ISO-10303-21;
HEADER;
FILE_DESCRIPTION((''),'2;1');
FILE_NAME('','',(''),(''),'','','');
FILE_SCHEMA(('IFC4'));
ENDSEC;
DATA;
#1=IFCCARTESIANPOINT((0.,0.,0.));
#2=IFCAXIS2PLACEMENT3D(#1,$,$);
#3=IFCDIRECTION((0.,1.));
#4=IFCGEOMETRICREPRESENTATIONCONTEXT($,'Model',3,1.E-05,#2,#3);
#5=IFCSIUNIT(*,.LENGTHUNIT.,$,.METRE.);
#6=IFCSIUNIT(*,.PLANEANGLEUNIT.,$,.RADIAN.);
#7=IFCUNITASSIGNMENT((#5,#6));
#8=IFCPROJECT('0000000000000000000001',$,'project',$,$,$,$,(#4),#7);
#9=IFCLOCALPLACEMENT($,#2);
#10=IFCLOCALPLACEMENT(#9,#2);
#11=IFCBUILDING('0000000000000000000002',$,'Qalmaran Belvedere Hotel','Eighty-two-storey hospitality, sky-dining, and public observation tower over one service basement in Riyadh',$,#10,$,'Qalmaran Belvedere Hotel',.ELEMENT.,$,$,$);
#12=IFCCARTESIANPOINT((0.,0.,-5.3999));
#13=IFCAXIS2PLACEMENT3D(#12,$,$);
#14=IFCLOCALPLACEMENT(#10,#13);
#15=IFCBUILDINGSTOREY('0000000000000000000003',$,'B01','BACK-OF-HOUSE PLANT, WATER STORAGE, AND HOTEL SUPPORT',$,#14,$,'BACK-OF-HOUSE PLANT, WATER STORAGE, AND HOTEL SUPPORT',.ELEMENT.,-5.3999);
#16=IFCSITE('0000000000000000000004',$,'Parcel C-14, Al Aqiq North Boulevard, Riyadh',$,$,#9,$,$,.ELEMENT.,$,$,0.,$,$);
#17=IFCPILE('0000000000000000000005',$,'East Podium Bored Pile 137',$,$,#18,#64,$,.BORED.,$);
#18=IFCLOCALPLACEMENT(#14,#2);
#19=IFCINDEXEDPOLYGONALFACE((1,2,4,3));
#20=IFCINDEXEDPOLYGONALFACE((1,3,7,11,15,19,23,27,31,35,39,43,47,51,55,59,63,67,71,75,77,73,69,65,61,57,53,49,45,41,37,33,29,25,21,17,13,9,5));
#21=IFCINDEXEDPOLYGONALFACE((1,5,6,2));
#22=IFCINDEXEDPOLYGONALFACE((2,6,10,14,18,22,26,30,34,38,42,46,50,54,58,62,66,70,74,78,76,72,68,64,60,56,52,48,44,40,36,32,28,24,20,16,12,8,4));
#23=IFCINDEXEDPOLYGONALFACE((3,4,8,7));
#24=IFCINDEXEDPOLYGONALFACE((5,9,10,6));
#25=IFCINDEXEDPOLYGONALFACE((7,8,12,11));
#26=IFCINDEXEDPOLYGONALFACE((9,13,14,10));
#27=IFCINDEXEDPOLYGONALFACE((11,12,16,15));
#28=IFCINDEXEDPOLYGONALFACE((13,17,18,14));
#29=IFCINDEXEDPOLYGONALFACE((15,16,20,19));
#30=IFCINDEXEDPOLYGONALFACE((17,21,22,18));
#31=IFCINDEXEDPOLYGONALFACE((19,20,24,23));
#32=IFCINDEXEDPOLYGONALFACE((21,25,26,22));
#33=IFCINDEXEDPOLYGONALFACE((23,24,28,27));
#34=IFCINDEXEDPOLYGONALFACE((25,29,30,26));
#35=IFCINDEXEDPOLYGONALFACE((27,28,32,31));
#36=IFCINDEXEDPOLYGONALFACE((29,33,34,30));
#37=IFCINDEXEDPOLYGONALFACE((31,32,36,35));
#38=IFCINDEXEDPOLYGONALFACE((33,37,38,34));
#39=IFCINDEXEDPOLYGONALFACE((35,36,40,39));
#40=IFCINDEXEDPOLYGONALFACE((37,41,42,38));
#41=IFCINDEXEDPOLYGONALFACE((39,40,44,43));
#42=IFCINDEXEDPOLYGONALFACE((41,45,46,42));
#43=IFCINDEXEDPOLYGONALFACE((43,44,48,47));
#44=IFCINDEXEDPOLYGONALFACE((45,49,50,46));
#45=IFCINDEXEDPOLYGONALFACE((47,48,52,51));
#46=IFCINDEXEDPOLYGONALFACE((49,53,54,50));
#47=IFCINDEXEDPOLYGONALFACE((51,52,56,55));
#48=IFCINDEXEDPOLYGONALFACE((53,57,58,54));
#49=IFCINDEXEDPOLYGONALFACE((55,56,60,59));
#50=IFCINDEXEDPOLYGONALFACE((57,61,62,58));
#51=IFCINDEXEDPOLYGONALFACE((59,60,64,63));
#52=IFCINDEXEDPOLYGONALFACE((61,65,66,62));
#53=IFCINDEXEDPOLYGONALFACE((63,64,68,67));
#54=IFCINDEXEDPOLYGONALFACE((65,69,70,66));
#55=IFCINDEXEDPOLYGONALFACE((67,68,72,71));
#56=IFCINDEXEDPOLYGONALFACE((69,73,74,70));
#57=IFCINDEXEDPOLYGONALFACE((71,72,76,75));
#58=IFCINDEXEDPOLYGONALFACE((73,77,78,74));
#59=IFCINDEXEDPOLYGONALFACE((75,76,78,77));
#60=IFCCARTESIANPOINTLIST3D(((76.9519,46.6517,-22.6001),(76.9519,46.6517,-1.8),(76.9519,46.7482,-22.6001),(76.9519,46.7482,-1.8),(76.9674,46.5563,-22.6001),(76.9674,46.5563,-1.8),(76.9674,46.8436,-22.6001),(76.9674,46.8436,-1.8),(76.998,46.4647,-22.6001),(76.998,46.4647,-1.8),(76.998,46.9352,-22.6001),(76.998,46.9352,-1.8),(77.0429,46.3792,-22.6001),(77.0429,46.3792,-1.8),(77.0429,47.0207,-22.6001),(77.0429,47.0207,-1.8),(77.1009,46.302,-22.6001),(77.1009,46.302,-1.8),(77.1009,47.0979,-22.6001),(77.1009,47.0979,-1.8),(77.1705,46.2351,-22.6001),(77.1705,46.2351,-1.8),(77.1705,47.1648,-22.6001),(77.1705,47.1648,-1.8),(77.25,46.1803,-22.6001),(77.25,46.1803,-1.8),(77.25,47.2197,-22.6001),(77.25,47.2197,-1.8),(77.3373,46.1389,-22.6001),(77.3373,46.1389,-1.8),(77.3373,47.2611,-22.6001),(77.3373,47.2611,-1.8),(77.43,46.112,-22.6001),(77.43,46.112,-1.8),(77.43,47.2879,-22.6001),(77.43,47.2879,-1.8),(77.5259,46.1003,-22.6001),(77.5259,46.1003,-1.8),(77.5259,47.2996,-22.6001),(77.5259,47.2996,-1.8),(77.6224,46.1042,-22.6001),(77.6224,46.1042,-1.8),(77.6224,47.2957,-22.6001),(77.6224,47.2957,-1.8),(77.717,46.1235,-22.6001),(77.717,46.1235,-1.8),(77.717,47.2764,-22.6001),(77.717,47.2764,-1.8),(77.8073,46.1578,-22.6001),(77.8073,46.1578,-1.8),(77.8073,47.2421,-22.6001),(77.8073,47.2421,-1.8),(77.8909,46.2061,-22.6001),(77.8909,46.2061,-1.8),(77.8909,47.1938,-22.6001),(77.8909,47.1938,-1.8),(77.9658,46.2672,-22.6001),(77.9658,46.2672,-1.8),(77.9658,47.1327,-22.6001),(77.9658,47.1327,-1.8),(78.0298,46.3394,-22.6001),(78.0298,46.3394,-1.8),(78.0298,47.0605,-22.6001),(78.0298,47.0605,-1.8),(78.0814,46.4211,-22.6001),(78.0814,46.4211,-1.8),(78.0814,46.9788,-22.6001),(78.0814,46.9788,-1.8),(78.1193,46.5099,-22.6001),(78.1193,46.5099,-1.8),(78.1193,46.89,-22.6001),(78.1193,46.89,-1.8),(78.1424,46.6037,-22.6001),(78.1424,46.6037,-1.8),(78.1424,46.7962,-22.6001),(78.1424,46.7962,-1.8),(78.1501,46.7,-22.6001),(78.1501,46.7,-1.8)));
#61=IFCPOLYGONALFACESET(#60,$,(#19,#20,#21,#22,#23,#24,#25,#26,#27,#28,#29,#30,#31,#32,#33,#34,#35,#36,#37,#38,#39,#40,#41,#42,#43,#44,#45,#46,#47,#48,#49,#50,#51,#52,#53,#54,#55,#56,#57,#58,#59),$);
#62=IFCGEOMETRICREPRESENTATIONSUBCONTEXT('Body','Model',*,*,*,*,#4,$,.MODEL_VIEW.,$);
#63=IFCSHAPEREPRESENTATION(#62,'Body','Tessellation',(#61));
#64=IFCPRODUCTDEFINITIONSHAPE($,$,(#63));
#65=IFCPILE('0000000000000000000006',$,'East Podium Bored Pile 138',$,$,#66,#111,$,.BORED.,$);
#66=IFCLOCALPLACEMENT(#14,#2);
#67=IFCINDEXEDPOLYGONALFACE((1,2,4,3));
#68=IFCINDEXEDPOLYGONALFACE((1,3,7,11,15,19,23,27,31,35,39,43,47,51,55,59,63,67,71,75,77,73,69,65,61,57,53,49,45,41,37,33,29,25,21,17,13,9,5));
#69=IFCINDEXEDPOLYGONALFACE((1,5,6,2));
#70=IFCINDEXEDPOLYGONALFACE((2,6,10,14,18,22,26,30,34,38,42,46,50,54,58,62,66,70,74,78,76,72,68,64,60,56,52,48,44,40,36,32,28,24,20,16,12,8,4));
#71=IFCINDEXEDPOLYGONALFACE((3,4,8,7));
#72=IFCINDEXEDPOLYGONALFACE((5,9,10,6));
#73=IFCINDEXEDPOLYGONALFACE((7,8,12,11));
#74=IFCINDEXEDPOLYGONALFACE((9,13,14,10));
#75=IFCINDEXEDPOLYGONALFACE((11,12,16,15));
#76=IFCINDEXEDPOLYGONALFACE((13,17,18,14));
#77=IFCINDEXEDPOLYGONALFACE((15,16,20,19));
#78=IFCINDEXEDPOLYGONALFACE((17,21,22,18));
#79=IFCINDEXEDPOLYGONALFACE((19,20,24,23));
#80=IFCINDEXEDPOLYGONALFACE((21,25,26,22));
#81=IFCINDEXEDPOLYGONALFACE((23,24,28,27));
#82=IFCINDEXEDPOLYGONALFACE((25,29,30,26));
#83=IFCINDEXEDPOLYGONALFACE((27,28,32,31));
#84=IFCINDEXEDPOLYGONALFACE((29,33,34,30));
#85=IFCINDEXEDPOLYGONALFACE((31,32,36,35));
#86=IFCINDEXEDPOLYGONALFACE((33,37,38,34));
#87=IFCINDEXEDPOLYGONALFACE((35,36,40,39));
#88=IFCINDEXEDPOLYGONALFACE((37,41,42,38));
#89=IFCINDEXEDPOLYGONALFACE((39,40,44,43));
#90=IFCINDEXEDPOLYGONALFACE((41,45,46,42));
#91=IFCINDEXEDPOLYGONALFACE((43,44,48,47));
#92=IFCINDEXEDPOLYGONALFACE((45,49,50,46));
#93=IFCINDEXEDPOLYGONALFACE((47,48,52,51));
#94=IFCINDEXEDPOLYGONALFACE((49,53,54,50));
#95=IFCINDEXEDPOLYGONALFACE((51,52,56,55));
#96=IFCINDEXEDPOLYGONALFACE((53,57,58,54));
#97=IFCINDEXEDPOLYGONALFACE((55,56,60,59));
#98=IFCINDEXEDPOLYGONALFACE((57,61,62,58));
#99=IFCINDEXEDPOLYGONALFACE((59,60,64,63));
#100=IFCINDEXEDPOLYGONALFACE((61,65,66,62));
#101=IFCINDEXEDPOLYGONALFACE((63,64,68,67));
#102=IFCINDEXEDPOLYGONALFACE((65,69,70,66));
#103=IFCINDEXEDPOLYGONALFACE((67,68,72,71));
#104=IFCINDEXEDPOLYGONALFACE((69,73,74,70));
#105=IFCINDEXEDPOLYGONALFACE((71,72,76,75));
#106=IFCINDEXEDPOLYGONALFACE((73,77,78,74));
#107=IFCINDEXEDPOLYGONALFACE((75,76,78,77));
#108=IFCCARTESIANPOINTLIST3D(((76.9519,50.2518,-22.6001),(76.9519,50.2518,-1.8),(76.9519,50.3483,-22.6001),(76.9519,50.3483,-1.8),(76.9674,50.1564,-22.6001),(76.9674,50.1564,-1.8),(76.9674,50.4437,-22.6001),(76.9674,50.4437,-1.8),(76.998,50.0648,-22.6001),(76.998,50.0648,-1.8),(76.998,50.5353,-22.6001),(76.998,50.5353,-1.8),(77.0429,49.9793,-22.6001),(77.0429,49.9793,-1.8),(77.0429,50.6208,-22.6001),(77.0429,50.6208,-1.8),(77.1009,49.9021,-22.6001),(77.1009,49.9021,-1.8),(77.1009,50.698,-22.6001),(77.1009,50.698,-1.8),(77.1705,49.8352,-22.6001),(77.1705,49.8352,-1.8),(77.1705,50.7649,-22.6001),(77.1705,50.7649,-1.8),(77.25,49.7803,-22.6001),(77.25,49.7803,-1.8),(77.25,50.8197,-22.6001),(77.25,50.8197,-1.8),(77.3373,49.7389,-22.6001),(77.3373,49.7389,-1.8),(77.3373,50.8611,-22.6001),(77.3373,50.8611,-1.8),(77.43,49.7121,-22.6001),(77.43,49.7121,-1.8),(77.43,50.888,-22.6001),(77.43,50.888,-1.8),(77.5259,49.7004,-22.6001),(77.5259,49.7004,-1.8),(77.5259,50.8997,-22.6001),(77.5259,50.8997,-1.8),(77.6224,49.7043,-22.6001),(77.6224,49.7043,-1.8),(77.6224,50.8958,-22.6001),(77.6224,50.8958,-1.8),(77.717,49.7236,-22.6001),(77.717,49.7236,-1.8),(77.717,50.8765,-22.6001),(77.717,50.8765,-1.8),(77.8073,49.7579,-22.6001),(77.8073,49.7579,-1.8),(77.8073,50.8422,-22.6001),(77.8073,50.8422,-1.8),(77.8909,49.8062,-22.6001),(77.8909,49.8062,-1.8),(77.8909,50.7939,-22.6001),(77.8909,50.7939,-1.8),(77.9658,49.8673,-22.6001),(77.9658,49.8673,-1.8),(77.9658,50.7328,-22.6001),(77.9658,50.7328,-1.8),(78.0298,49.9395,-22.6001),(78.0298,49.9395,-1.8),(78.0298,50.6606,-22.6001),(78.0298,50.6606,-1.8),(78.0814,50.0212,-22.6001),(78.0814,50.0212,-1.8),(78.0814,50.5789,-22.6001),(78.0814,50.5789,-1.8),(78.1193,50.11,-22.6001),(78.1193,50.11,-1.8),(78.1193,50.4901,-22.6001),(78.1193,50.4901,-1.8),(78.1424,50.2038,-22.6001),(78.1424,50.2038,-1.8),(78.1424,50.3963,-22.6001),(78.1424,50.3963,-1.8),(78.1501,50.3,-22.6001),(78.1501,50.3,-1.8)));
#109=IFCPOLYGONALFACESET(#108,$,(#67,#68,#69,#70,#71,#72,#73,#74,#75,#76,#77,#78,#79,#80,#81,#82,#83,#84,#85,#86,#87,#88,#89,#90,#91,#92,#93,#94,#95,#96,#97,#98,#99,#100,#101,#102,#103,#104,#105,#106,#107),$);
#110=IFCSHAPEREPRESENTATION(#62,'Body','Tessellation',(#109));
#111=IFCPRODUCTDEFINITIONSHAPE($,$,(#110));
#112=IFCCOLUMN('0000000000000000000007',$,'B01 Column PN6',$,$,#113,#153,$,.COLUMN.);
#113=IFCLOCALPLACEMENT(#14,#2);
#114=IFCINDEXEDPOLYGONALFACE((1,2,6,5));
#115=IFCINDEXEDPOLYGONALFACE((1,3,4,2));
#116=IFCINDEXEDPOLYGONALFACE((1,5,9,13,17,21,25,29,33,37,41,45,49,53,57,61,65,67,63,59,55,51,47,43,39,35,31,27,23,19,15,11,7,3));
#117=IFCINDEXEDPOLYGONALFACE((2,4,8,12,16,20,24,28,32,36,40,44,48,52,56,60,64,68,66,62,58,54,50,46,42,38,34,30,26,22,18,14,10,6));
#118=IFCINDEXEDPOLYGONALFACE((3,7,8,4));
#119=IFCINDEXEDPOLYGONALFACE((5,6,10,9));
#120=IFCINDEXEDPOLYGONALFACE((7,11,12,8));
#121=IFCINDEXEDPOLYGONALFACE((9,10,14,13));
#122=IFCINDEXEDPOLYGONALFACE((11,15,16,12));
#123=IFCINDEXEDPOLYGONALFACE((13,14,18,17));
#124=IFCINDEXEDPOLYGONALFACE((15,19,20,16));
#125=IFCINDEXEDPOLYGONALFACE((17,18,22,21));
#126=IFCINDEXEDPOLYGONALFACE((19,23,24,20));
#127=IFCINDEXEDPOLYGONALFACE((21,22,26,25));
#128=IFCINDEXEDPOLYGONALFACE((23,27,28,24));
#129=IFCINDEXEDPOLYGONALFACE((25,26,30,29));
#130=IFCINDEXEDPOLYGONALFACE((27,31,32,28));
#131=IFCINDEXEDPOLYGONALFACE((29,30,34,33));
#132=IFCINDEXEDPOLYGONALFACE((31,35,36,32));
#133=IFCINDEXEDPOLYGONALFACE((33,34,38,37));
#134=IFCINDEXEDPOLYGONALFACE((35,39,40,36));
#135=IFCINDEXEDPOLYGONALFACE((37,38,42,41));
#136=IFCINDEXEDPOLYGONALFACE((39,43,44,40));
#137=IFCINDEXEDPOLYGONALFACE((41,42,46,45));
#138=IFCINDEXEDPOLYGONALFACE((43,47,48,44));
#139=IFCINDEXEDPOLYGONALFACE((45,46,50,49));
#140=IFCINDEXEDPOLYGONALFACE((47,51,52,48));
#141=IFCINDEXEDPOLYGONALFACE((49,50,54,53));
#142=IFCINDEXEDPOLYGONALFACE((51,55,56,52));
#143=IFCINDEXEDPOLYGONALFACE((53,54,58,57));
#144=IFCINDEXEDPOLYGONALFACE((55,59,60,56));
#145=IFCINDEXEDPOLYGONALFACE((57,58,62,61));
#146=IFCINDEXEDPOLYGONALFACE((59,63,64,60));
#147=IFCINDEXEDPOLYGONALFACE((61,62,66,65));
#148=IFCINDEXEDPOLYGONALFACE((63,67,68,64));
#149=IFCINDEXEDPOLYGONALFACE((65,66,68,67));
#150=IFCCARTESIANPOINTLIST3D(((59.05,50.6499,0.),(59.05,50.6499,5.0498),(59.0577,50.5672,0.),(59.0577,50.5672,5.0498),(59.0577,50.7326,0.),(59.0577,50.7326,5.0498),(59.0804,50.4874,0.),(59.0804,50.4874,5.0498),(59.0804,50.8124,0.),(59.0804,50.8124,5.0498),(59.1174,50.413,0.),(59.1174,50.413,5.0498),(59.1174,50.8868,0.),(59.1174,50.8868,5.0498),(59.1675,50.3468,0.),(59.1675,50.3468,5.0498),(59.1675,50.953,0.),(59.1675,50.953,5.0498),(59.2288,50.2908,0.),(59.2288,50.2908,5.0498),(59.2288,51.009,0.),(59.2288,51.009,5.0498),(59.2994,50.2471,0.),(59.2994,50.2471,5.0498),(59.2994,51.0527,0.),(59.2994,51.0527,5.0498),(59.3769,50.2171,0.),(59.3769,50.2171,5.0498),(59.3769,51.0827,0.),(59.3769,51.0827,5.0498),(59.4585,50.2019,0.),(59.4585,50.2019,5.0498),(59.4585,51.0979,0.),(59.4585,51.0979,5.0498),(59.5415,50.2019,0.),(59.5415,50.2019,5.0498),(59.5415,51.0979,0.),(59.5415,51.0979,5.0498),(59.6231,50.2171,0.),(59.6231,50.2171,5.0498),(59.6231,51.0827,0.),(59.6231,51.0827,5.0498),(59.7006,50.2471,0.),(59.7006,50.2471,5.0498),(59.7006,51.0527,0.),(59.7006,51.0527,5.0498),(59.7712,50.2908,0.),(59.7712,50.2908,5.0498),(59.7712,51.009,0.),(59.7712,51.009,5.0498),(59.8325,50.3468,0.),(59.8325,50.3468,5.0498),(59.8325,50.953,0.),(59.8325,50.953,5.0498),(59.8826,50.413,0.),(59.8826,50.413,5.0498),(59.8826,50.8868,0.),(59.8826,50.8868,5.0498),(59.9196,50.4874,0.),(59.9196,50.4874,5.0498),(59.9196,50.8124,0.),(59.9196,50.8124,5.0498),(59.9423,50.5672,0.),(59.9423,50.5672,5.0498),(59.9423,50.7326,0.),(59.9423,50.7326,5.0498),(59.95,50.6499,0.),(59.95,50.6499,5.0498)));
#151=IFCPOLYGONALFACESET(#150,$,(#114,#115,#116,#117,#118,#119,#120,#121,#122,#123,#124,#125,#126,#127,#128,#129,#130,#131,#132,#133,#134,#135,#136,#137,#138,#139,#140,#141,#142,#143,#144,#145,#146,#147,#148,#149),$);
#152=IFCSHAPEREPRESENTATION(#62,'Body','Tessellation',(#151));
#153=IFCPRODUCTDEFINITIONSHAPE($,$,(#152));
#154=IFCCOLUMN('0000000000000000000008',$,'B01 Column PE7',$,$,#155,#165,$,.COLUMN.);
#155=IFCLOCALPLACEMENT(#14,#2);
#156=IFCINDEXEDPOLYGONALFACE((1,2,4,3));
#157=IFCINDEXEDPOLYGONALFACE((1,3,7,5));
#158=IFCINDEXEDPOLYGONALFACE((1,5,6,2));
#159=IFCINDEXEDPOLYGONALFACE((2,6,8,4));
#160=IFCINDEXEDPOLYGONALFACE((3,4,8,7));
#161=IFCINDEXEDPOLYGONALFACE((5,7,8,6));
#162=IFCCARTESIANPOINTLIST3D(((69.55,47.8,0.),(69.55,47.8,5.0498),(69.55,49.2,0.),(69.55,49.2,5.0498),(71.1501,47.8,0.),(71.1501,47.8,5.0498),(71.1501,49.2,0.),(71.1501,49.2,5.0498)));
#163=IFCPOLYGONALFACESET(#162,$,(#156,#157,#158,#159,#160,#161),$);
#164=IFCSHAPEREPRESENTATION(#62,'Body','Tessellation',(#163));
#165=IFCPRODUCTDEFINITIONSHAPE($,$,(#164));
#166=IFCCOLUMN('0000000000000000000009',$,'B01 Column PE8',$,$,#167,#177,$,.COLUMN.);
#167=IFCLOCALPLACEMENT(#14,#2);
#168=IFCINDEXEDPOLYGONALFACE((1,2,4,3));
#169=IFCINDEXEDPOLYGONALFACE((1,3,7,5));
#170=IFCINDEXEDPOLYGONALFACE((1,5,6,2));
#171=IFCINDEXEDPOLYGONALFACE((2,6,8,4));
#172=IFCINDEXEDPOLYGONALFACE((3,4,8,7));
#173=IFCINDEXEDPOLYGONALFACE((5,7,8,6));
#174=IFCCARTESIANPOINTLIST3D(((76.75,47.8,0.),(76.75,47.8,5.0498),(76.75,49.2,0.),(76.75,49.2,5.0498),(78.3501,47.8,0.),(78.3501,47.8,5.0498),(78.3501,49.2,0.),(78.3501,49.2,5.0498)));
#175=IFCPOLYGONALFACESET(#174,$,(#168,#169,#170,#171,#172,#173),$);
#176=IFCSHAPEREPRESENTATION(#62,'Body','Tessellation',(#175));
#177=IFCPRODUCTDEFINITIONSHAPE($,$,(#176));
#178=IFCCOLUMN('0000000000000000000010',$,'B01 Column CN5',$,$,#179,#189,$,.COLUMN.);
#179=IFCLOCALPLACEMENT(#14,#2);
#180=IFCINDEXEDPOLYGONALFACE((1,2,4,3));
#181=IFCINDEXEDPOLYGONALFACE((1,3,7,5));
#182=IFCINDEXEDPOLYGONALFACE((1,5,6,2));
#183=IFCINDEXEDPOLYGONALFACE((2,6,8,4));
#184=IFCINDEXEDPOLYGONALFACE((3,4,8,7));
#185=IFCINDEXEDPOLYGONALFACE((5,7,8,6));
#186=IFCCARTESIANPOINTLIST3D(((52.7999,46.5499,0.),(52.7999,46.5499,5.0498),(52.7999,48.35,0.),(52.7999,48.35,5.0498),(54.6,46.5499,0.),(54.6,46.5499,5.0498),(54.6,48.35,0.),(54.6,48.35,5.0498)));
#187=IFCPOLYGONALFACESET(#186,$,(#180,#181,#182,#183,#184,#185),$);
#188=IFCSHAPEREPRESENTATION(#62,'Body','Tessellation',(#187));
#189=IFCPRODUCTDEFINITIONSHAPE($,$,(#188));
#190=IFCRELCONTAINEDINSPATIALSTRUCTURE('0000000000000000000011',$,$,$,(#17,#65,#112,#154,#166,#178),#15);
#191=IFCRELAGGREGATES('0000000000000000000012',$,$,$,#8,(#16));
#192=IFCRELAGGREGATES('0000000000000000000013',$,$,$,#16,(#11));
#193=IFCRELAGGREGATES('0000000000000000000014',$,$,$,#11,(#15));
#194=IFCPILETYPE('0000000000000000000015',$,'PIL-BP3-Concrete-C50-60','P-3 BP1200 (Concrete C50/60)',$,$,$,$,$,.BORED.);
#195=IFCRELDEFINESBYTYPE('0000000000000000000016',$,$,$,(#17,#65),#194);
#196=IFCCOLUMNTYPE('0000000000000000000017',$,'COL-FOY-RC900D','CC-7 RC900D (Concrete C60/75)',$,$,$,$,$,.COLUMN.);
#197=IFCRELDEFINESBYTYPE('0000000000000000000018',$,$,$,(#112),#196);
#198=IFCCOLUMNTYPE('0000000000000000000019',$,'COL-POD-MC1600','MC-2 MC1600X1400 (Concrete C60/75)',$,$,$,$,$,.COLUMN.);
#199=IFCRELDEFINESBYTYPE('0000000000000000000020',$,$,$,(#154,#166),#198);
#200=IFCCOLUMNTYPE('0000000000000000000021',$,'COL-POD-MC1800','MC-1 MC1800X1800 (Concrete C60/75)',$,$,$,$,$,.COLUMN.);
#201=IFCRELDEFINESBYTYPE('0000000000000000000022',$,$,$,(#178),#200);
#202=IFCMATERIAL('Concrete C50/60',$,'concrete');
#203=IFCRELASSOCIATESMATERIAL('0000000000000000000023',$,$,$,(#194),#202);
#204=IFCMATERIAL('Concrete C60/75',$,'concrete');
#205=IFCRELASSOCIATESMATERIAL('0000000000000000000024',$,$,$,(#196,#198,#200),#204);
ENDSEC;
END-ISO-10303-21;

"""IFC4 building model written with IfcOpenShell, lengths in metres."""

from ifc_helpers import new_model, si_unit, direction, frame, origin, origin_2d, place, context, subcontext, project, spatial, rectangle, circle, extrude, material, material_profile, profile_set, type_object, element, save


model = new_model("IFC4")

# Units and contexts
model_context = context("Model", 3, precision=1e-05, world=origin(), true_north=direction((0.0, 1.0)))
body_context = subcontext(model_context, "Body", "Model", "MODEL_VIEW")
ifc_project = project(units=[si_unit("LENGTHUNIT", "METRE"), si_unit("PLANEANGLEUNIT", "RADIAN")], contexts=[model_context])

# Site, building, storey
site_placement = place(None, origin())
site = spatial("IfcSite", under=ifc_project, at=site_placement, Name="Parcel C-14, Al Aqiq North Boulevard, Riyadh", CompositionType="ELEMENT", RefElevation=0.0)
building_placement = place(site_placement, origin())
building = spatial("IfcBuilding", under=site, at=building_placement, Name="Qalmaran Belvedere Hotel", Description="Eighty-two-storey hospitality, sky-dining, and public observation tower over one service basement in Riyadh", LongName="Qalmaran Belvedere Hotel", CompositionType="ELEMENT")
storey_placement = place(building_placement, frame((0.0, 0.0, -5.3999)))
storey = spatial("IfcBuildingStorey", under=building, at=storey_placement, Name="B01", Description="BACK-OF-HOUSE PLANT, WATER STORAGE, AND HOTEL SUPPORT", LongName="BACK-OF-HOUSE PLANT, WATER STORAGE, AND HOTEL SUPPORT", CompositionType="ELEMENT", Elevation=-5.3999)

# Shared definitions
ifc_material_1 = material(Name="Concrete C50/60", Category="concrete")

# Piles
ifc_material_profile_1 = material_profile(ifc_material_1, circle(Radius=0.6001, at=origin_2d()), Name="BP1200")
ifc_profile_set_1 = profile_set([ifc_material_profile_1], Name="Concrete C50/60")
pile_type_1 = type_object("IfcPileType", Name="PIL-BP3-Concrete-C50-60", Description="P-3 BP1200 (Concrete C50/60)", PredefinedType="BORED", material=ifc_profile_set_1)
for number, where, z_axis, x_axis, name in (
    (1, (77.55, 46.7, -1.8), (0.0, 0.0, -1.0), (1.0, 0.0, 0.0), "East Podium Bored Pile 137"),
    (2, (77.55, 50.3, -1.8), (0.0, 0.0, -1.0), (1.0, 0.0, 0.0), "East Podium Bored Pile 138"),
):
    element("IfcPile", number, at=place(storey_placement, frame(where, z_axis=z_axis, x_axis=x_axis)), inside=storey, type_object=pile_type_1, Name=name, PredefinedType="BORED", context=body_context, shape_type="SweptSolid", body=[
        extrude(circle(Radius=0.6001, at=origin_2d()), origin(), (0.0, 0.0, 1.0), 20.8),
    ])

# Columns
ifc_material_2 = material(Name="Concrete C60/75", Category="concrete")
ifc_material_profile_2 = material_profile(ifc_material_2, circle(Radius=0.45, at=origin_2d()), Name="RC900D")
ifc_profile_set_2 = profile_set([ifc_material_profile_2], Name="Concrete C60/75")
column_type_1 = type_object("IfcColumnType", Name="COL-FOY-RC900D", Description="CC-7 RC900D (Concrete C60/75)", PredefinedType="COLUMN", material=ifc_profile_set_2)
column_1_placement = place(storey_placement, frame((59.5, 50.6499, 0.0), z_axis=(0.0, 0.0, 1.0), x_axis=(1.0, 0.0, 0.0)))
element("IfcColumn", 3, at=column_1_placement, inside=storey, type_object=column_type_1, Name="B01 Column PN6", PredefinedType="COLUMN", context=body_context, shape_type="SweptSolid", body=[
    extrude(circle(Radius=0.45, at=origin_2d()), origin(), (0.0, 0.0, 1.0), 5.0498),
])
ifc_material_profile_3 = material_profile(ifc_material_2, rectangle(XDim=1.6001, YDim=1.3999, at=origin_2d()), Name="MC1600X1400")
ifc_profile_set_3 = profile_set([ifc_material_profile_3], Name="Concrete C60/75")
column_type_2 = type_object("IfcColumnType", Name="COL-POD-MC1600", Description="MC-2 MC1600X1400 (Concrete C60/75)", PredefinedType="COLUMN", material=ifc_profile_set_3)
for number, where, z_axis, x_axis, name in (
    (4, (70.3501, 48.5, 0.0), (0.0, 0.0, 1.0), (1.0, 0.0, 0.0), "B01 Column PE7"),
    (5, (77.55, 48.5, 0.0), (0.0, 0.0, 1.0), (1.0, 0.0, 0.0), "B01 Column PE8"),
):
    element("IfcColumn", number, at=place(storey_placement, frame(where, z_axis=z_axis, x_axis=x_axis)), inside=storey, type_object=column_type_2, Name=name, PredefinedType="COLUMN", context=body_context, shape_type="SweptSolid", body=[
        extrude(rectangle(XDim=1.6001, YDim=1.3999, at=origin_2d()), origin(), (0.0, 0.0, 1.0), 5.0498),
    ])
ifc_material_profile_4 = material_profile(ifc_material_2, rectangle(XDim=1.8, YDim=1.8, at=origin_2d()), Name="MC1800X1800")
ifc_profile_set_4 = profile_set([ifc_material_profile_4], Name="Concrete C60/75")
column_type_3 = type_object("IfcColumnType", Name="COL-POD-MC1800", Description="MC-1 MC1800X1800 (Concrete C60/75)", PredefinedType="COLUMN", material=ifc_profile_set_4)
column_2_placement = place(storey_placement, frame((53.7, 47.45, 0.0), z_axis=(0.0, 0.0, 1.0), x_axis=(1.0, 0.0, 0.0)))
element("IfcColumn", 6, at=column_2_placement, inside=storey, type_object=column_type_3, Name="B01 Column CN5", PredefinedType="COLUMN", context=body_context, shape_type="SweptSolid", body=[
    extrude(rectangle(XDim=1.8, YDim=1.8, at=origin_2d()), origin(), (0.0, 0.0, 1.0), 5.0498),
])

save(model, "model.ifc")
